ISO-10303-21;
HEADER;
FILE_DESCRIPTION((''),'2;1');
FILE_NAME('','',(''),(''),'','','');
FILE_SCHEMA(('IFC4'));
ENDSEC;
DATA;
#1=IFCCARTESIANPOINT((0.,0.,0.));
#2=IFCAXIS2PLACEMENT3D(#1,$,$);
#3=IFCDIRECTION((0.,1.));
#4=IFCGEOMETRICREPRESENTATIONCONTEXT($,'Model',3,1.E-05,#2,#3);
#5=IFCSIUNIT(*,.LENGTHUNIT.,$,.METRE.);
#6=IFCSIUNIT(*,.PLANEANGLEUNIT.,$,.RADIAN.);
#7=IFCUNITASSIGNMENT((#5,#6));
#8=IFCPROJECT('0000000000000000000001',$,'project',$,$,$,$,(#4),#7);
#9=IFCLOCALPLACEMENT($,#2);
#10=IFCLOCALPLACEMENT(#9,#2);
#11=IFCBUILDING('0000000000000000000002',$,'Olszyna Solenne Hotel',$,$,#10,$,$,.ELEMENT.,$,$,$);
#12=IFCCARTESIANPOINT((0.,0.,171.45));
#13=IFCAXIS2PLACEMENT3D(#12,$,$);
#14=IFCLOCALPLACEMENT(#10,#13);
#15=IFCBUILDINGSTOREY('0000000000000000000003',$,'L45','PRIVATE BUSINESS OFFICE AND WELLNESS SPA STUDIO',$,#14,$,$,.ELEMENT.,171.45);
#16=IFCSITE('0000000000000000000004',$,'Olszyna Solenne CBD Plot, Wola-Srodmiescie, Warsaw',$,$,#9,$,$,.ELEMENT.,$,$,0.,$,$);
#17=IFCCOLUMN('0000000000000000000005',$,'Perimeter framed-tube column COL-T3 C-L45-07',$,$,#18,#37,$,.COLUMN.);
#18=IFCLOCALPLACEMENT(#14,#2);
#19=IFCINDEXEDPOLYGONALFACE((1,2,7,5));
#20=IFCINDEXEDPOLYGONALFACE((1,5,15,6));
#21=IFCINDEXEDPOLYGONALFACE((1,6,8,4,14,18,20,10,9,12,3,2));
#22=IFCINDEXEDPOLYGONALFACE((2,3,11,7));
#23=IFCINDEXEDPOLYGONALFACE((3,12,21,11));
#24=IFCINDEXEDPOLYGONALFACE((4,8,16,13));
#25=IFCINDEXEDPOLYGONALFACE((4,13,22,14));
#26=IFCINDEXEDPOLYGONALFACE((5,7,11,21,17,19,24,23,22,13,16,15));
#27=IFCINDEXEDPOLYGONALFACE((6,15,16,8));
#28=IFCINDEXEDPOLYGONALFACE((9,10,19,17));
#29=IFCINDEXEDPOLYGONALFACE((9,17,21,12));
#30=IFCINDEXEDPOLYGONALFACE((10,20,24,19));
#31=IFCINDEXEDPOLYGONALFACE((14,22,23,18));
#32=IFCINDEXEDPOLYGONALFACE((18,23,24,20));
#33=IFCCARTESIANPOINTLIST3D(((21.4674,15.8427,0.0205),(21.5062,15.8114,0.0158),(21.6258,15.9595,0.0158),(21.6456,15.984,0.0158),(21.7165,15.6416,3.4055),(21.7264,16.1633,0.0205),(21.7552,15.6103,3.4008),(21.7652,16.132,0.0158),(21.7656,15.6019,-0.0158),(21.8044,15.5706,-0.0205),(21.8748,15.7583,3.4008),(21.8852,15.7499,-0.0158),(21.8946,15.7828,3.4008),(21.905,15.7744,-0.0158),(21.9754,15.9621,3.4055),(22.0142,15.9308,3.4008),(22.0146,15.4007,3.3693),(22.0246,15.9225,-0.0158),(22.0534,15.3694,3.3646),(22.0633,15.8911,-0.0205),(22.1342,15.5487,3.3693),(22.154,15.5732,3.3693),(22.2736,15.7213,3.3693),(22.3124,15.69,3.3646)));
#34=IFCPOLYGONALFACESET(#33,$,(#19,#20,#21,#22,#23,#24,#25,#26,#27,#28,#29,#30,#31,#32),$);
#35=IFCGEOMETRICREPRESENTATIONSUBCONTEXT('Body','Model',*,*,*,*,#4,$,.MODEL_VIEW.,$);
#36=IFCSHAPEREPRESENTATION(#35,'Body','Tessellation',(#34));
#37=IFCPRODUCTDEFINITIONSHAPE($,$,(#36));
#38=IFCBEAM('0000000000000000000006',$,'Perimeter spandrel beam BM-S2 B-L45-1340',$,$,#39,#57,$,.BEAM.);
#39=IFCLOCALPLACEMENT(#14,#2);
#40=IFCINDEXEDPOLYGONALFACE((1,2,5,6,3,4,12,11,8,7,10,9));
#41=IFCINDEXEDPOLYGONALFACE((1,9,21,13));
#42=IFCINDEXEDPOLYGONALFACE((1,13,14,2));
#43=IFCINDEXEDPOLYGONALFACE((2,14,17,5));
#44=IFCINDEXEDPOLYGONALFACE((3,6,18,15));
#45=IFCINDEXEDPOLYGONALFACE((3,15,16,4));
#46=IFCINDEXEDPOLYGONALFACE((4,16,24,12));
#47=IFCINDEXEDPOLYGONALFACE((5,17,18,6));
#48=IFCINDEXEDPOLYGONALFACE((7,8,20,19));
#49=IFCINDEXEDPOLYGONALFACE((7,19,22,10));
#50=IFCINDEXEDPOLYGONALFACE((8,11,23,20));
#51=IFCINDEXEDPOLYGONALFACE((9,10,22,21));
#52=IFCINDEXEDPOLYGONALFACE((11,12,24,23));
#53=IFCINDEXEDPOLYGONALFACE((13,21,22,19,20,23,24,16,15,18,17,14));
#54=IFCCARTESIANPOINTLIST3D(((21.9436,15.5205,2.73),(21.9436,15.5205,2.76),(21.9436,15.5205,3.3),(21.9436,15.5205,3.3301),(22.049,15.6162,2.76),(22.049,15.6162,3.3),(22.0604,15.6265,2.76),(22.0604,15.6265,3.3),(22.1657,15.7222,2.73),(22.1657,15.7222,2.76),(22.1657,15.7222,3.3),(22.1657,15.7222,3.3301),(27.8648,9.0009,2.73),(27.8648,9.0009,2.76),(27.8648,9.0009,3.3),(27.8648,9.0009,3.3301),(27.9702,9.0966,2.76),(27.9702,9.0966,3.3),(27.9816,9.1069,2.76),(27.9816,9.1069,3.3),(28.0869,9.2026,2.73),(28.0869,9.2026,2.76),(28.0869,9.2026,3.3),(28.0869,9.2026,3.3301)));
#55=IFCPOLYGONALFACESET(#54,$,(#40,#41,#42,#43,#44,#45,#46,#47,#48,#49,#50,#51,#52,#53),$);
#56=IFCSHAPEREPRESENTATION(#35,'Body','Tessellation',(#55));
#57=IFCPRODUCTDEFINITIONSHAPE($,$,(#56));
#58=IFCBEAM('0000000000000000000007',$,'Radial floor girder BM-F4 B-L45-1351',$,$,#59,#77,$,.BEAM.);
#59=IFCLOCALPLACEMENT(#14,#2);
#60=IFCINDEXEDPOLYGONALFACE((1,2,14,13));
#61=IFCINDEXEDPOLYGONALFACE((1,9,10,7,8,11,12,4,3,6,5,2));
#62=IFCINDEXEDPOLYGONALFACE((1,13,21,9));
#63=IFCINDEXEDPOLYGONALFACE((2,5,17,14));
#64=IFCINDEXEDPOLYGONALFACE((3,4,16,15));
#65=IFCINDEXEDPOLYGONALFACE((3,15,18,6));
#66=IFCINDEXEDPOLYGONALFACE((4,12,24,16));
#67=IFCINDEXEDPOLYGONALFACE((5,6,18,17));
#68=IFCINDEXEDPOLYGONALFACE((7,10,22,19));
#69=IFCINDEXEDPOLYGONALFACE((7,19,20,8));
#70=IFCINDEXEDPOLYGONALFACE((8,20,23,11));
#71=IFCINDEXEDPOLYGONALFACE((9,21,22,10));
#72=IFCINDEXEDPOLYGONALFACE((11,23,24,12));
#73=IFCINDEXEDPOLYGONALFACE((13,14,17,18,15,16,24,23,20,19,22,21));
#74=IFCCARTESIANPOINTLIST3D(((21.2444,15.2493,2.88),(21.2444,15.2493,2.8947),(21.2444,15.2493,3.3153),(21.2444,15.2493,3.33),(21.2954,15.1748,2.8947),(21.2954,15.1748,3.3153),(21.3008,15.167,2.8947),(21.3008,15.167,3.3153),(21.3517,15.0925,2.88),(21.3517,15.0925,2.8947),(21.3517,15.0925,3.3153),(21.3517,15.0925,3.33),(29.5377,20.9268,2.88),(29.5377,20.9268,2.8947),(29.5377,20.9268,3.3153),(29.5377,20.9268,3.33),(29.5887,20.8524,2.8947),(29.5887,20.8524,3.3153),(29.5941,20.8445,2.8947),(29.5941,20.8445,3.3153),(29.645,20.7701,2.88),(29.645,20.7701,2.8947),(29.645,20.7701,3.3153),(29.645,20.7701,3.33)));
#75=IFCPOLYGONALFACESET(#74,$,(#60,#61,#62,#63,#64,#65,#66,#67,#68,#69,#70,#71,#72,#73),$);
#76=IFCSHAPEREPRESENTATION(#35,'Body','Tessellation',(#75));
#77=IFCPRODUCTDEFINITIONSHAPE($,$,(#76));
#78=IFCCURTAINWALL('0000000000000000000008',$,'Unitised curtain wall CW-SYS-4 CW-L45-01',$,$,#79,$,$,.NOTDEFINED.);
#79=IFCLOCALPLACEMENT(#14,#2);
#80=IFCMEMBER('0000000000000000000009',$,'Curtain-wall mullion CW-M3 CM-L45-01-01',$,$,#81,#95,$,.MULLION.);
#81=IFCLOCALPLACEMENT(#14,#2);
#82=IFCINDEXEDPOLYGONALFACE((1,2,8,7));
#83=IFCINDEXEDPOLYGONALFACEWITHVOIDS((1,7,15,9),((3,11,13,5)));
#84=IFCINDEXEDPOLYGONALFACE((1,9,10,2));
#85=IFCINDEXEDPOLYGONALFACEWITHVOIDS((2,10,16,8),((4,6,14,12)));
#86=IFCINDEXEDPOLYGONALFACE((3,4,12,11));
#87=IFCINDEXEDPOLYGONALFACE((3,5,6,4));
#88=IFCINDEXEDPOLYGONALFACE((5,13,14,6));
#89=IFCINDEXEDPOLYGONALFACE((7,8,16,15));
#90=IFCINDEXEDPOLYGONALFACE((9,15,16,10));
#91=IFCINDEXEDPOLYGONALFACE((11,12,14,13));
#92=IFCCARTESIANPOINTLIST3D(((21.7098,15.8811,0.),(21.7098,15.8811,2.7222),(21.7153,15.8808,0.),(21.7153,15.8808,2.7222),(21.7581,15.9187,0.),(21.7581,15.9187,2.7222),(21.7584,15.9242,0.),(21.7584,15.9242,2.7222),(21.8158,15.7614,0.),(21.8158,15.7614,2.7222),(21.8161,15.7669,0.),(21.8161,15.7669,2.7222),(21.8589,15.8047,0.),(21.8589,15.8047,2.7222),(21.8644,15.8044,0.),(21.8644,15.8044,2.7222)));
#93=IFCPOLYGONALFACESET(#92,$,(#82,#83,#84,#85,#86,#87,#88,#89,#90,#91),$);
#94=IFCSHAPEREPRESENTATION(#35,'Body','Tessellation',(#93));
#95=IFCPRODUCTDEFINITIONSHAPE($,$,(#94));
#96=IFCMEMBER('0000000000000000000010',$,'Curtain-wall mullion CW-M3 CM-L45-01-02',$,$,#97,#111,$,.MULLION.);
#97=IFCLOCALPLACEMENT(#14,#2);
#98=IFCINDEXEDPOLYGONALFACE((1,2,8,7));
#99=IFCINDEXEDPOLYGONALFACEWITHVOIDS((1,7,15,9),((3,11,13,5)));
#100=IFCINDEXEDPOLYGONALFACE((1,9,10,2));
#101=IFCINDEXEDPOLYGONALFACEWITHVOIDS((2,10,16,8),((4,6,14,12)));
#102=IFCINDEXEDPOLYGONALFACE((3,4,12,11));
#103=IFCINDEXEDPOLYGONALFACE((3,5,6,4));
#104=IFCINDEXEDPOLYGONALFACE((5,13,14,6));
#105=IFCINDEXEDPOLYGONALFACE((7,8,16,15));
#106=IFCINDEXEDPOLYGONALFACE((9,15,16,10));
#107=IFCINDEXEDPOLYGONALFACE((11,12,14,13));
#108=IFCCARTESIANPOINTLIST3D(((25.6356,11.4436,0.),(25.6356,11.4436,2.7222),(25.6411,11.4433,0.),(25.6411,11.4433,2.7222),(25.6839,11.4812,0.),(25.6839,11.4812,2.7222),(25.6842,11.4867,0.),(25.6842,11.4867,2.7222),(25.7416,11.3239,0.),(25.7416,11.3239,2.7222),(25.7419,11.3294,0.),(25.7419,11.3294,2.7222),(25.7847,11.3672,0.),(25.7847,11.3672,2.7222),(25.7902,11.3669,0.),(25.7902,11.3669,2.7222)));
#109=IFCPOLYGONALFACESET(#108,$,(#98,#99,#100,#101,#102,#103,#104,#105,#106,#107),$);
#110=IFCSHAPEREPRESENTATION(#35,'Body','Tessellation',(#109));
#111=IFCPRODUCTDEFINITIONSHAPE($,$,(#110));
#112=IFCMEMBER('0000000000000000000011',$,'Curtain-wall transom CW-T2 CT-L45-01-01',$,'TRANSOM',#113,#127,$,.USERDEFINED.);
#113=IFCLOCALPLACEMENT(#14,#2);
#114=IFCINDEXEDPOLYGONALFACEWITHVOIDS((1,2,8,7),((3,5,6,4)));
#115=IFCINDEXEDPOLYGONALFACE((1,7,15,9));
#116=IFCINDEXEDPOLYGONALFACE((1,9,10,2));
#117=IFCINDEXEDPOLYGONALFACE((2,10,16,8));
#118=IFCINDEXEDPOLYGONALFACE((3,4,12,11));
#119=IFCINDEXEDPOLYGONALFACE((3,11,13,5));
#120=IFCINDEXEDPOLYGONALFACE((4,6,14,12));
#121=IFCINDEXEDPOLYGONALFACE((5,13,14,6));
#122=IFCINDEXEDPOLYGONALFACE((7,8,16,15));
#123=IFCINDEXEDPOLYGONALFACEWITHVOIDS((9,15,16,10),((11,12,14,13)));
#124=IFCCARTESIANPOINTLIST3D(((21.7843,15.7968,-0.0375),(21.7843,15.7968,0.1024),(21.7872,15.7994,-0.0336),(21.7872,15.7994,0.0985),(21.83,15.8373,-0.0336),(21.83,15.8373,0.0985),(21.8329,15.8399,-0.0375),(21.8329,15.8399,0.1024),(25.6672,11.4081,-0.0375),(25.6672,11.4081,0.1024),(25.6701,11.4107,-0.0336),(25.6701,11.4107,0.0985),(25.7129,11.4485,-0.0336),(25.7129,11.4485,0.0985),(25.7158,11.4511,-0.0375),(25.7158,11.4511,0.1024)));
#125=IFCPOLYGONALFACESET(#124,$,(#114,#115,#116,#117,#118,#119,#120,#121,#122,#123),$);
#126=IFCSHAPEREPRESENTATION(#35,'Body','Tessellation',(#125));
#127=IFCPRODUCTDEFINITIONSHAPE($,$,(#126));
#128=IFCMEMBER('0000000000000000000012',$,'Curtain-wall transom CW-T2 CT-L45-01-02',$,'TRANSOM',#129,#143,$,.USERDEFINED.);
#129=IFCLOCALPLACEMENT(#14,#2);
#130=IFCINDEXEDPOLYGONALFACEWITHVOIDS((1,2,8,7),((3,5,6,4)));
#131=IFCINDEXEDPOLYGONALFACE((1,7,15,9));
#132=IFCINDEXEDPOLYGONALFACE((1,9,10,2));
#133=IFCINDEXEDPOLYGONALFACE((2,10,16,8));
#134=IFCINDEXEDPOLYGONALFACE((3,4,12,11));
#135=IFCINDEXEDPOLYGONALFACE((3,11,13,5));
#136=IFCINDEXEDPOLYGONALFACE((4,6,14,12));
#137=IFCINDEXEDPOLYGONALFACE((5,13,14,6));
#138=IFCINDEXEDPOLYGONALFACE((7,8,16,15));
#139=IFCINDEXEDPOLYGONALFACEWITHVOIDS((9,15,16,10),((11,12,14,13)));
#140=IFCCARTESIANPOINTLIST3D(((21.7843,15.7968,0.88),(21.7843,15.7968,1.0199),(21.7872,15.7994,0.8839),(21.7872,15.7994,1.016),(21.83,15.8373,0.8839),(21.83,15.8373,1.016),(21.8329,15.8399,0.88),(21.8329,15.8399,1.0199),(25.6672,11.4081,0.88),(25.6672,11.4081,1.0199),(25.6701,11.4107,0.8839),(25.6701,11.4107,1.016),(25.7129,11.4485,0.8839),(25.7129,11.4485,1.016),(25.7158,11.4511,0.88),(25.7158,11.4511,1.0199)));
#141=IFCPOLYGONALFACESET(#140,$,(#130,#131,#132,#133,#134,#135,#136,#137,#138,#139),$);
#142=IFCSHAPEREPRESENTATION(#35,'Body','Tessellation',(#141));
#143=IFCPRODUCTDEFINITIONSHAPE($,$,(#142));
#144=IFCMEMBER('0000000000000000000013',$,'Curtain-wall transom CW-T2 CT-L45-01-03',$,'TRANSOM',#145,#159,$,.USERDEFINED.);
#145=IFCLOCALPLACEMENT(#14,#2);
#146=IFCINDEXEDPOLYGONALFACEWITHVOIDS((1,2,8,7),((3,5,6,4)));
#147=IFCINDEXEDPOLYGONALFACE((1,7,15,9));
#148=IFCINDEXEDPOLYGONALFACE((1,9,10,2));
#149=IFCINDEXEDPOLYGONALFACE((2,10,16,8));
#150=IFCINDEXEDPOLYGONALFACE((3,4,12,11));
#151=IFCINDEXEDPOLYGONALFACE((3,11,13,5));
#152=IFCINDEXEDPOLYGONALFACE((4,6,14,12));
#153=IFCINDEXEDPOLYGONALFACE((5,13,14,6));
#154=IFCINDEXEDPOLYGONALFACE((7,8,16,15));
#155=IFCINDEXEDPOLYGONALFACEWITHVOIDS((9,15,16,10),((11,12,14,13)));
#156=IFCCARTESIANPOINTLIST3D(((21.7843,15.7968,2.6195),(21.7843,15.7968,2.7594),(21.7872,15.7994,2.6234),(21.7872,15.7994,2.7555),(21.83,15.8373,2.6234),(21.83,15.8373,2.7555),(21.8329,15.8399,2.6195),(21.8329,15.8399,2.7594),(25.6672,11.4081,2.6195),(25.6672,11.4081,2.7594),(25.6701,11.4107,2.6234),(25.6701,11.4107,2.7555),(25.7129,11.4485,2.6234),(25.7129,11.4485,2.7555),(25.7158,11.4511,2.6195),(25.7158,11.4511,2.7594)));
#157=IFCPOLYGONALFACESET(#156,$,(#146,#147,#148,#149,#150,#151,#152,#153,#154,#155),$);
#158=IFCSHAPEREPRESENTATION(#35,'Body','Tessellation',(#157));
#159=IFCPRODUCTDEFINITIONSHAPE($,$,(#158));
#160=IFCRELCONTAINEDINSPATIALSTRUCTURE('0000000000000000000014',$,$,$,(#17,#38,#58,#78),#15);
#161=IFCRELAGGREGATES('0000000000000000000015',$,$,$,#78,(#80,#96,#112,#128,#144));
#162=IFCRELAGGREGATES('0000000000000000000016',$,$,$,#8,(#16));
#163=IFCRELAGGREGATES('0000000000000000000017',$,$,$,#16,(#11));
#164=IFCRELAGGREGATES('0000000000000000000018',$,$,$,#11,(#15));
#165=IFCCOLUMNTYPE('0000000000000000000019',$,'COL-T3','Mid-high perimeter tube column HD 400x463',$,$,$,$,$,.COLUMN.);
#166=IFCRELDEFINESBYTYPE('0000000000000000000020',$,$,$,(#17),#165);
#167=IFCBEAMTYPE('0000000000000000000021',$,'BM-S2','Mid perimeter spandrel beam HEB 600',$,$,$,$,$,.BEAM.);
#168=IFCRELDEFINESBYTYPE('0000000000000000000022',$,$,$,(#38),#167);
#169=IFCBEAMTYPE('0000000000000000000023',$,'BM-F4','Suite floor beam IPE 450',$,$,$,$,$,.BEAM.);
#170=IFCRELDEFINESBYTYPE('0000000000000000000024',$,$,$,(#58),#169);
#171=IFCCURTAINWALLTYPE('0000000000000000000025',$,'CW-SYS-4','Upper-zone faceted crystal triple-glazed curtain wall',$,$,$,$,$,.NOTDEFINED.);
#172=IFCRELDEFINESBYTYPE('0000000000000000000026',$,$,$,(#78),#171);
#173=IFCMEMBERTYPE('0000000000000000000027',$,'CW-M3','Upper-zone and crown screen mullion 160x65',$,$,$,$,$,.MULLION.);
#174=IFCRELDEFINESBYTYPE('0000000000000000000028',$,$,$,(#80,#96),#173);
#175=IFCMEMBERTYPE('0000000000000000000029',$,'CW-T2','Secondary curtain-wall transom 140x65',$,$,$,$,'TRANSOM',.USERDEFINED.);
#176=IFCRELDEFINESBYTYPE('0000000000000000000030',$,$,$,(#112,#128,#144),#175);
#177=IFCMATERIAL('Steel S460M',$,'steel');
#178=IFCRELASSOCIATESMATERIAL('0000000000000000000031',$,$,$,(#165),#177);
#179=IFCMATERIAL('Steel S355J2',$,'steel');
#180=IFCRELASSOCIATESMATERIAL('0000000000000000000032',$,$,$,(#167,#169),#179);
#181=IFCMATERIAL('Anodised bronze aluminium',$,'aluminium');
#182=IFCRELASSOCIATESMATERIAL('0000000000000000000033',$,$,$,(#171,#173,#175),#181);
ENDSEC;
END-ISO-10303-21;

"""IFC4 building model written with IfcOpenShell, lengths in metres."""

from ifc_helpers import new_model, si_unit, direction, frame, origin, origin_2d, place, context, subcontext, project, spatial, hollow_rectangle, i_section, extrude, source, transform, mapped, material, material_profile, profile_set, type_object, element, aggregate, save


model = new_model("IFC4")

# Units and contexts
model_context = context("Model", 3, precision=1e-05, world=origin(), true_north=direction((0.0, 1.0)))
body_context = subcontext(model_context, "Body", "Model", "MODEL_VIEW")
ifc_project = project(units=[si_unit("LENGTHUNIT", "METRE"), si_unit("PLANEANGLEUNIT", "RADIAN")], contexts=[model_context])

# Site, building, storey
site_placement = place(None, origin())
site = spatial("IfcSite", under=ifc_project, at=site_placement, Name="Olszyna Solenne CBD Plot, Wola-Srodmiescie, Warsaw", CompositionType="ELEMENT", RefElevation=0.0)
building_placement = place(site_placement, origin())
building = spatial("IfcBuilding", under=site, at=building_placement, Name="Olszyna Solenne Hotel", CompositionType="ELEMENT")
storey_placement = place(building_placement, frame((0.0, 0.0, 171.45)))
storey = spatial("IfcBuildingStorey", under=building, at=storey_placement, Name="L45", Description="PRIVATE BUSINESS OFFICE AND WELLNESS SPA STUDIO", CompositionType="ELEMENT", Elevation=171.45)

# Column
ifc_material_1 = material(Name="Steel S460M", Category="steel")
ifc_material_profile_1 = material_profile(ifc_material_1, i_section(OverallWidth=0.4121, OverallDepth=0.4351, WebThickness=0.0315, FlangeThickness=0.05, at=origin_2d()), Name="HD 400x463", Category="load-bearing")
ifc_profile_set_1 = profile_set([ifc_material_profile_1], Name="Steel S460M")
column_type = type_object("IfcColumnType", Name="COL-T3", Description="Mid-high perimeter tube column HD 400x463", PredefinedType="COLUMN", material=ifc_profile_set_1)
shared_shape_1 = source(origin(), body_context, "Body", "SweptSolid", [
    extrude(i_section(OverallWidth=0.4121, OverallDepth=0.4351, WebThickness=0.0315, FlangeThickness=0.05, at=origin_2d()), origin(), (0.0, 0.0, 1.0), 3.4001),
])
column_placement = place(storey_placement, frame((21.7654, 15.8669, 0.0), z_axis=(0.07324, -0.059166, 0.995558), x_axis=(0.628408, 0.777884, 0.0)))
element("IfcColumn", 1, at=column_placement, inside=storey, type_object=column_type, Name="Perimeter framed-tube column COL-T3 C-L45-07", PredefinedType="COLUMN", context=body_context, shape_type="MappedRepresentation", body=[
    mapped(shared_shape_1, transform((0.0, 0.0, 0.0), x_axis=(1.0, 0.0, 0.0), y_axis=(0.0, 1.0, 0.0), z_axis=(0.0, 0.0, 1.0), scale=1.0)),
])

# Beams
ifc_material_2 = material(Name="Steel S355J2", Category="steel")
ifc_material_profile_2 = material_profile(ifc_material_2, i_section(OverallWidth=0.3, OverallDepth=0.6001, WebThickness=0.0154, FlangeThickness=0.03, at=origin_2d()), Name="HEB 600", Category="load-bearing")
ifc_profile_set_2 = profile_set([ifc_material_profile_2], Name="Steel S355J2")
beam_type_1 = type_object("IfcBeamType", Name="BM-S2", Description="Mid perimeter spandrel beam HEB 600", PredefinedType="BEAM", material=ifc_profile_set_2)
shared_shape_2 = source(origin(), body_context, "Body", "SweptSolid", [
    extrude(i_section(OverallWidth=0.3, OverallDepth=0.6001, WebThickness=0.0154, FlangeThickness=0.03, at=origin_2d()), origin(), (0.0, 0.0, 1.0), 8.8071),
])
beam_1_placement = place(storey_placement, frame((22.0547, 15.6213, 3.03), z_axis=(0.672318, -0.740262, 0.0), x_axis=(0.740262, 0.672318, 0.0)))
element("IfcBeam", 2, at=beam_1_placement, inside=storey, type_object=beam_type_1, Name="Perimeter spandrel beam BM-S2 B-L45-1340", PredefinedType="BEAM", context=body_context, shape_type="MappedRepresentation", body=[
    mapped(shared_shape_2, transform((0.0, 0.0, 0.0), x_axis=(1.0, 0.0, 0.0), y_axis=(0.0, 1.0, 0.0), z_axis=(0.0, 0.0, 1.0), scale=1.0)),
])
ifc_material_profile_3 = material_profile(ifc_material_2, i_section(OverallWidth=0.1899, OverallDepth=0.45, WebThickness=0.0095, FlangeThickness=0.0146, at=origin_2d()), Name="IPE 450", Category="load-bearing")
ifc_profile_set_3 = profile_set([ifc_material_profile_3], Name="Steel S355J2")
beam_type_2 = type_object("IfcBeamType", Name="BM-F4", Description="Suite floor beam IPE 450", PredefinedType="BEAM", material=ifc_profile_set_3)
shared_shape_3 = source(origin(), body_context, "Body", "SweptSolid", [
    extrude(i_section(OverallWidth=0.1899, OverallDepth=0.45, WebThickness=0.0095, FlangeThickness=0.0146, at=origin_2d()), origin(), (0.0, 0.0, 1.0), 10.0505),
])
beam_2_placement = place(storey_placement, frame((21.2981, 15.1709, 3.105), z_axis=(0.825159, 0.5649, 0.0), x_axis=(-0.5649, 0.825159, 0.0)))
element("IfcBeam", 3, at=beam_2_placement, inside=storey, type_object=beam_type_2, Name="Radial floor girder BM-F4 B-L45-1351", PredefinedType="BEAM", context=body_context, shape_type="MappedRepresentation", body=[
    mapped(shared_shape_3, transform((0.0, 0.0, 0.0), x_axis=(1.0, 0.0, 0.0), y_axis=(0.0, 1.0, 0.0), z_axis=(0.0, 0.0, 1.0), scale=1.0)),
])

# Curtain wall, members
ifc_material_3 = material(Name="Anodised bronze aluminium", Category="aluminium")
curtain_wall_type = type_object("IfcCurtainWallType", Name="CW-SYS-4", Description="Upper-zone faceted crystal triple-glazed curtain wall", PredefinedType="NOTDEFINED", material=ifc_material_3)
curtain_wall_placement = place(storey_placement, origin())
curtain_wall = element("IfcCurtainWall", 4, at=curtain_wall_placement, inside=storey, type_object=curtain_wall_type, Name="Unitised curtain wall CW-SYS-4 CW-L45-01", PredefinedType="NOTDEFINED")
ifc_material_profile_4 = material_profile(ifc_material_3, hollow_rectangle(XDim=0.0649, YDim=0.1599, WallThickness=0.0039, at=origin_2d()), Name="MULL 160x65x4", Category="load-bearing")
ifc_profile_set_4 = profile_set([ifc_material_profile_4], Name="Anodised bronze aluminium")
member_type_1 = type_object("IfcMemberType", Name="CW-M3", Description="Upper-zone and crown screen mullion 160x65", PredefinedType="MULLION", material=ifc_profile_set_4)
shared_shape_4 = source(origin(), body_context, "Body", "SweptSolid", [
    extrude(hollow_rectangle(XDim=0.0649, YDim=0.1599, WallThickness=0.0039, at=origin_2d()), origin(), (0.0, 0.0, 1.0), 2.7222),
])
member_1_placement = place(storey_placement, frame((21.7871, 15.8428, 0.0), z_axis=(0.0, 0.0, 1.0), x_axis=(0.748948, 0.662628, 0.0)))
member_1 = element("IfcMember", 5, at=member_1_placement, type_object=member_type_1, Name="Curtain-wall mullion CW-M3 CM-L45-01-01", PredefinedType="MULLION", context=body_context, shape_type="MappedRepresentation", body=[
    mapped(shared_shape_4, transform((0.0, 0.0, 0.0), x_axis=(1.0, 0.0, 0.0), y_axis=(0.0, 1.0, 0.0), z_axis=(0.0, 0.0, 1.0), scale=1.0)),
])
member_2_placement = place(storey_placement, frame((25.7129, 11.4053, 0.0), z_axis=(0.0, 0.0, 1.0), x_axis=(0.748948, 0.662628, 0.0)))
member_2 = element("IfcMember", 6, at=member_2_placement, type_object=member_type_1, Name="Curtain-wall mullion CW-M3 CM-L45-01-02", PredefinedType="MULLION", context=body_context, shape_type="MappedRepresentation", body=[
    mapped(shared_shape_4, transform((0.0, 0.0, 0.0), x_axis=(1.0, 0.0, 0.0), y_axis=(0.0, 1.0, 0.0), z_axis=(0.0, 0.0, 1.0), scale=1.0)),
])
ifc_material_profile_5 = material_profile(ifc_material_3, hollow_rectangle(XDim=0.0649, YDim=0.1399, WallThickness=0.0039, at=origin_2d()), Name="TRAN 140x65x4", Category="load-bearing")
ifc_profile_set_5 = profile_set([ifc_material_profile_5], Name="Anodised bronze aluminium")
member_type_2 = type_object("IfcMemberType", Name="CW-T2", Description="Secondary curtain-wall transom 140x65", ElementType="TRANSOM", PredefinedType="USERDEFINED", material=ifc_profile_set_5)
shared_shape_5 = source(origin(), body_context, "Body", "SweptSolid", [
    extrude(hollow_rectangle(XDim=0.0649, YDim=0.1399, WallThickness=0.0039, at=origin_2d()), origin(), (0.0, 0.0, 1.0), 5.8599),
])
member_3_placement = place(storey_placement, frame((21.8086, 15.8184, 0.0325), z_axis=(0.662624, -0.748952, 0.0), x_axis=(0.748952, 0.662624, 0.0)))
member_3 = element("IfcMember", 7, at=member_3_placement, type_object=member_type_2, Name="Curtain-wall transom CW-T2 CT-L45-01-01", ObjectType="TRANSOM", PredefinedType="USERDEFINED", context=body_context, shape_type="MappedRepresentation", body=[
    mapped(shared_shape_5, transform((0.0, 0.0, 0.0), x_axis=(1.0, 0.0, 0.0), y_axis=(0.0, 1.0, 0.0), z_axis=(0.0, 0.0, 1.0), scale=1.0)),
])
member_4_placement = place(storey_placement, frame((21.8086, 15.8184, 0.95), z_axis=(0.662624, -0.748952, 0.0), x_axis=(0.748952, 0.662624, 0.0)))
member_4 = element("IfcMember", 8, at=member_4_placement, type_object=member_type_2, Name="Curtain-wall transom CW-T2 CT-L45-01-02", ObjectType="TRANSOM", PredefinedType="USERDEFINED", context=body_context, shape_type="MappedRepresentation", body=[
    mapped(shared_shape_5, transform((0.0, 0.0, 0.0), x_axis=(1.0, 0.0, 0.0), y_axis=(0.0, 1.0, 0.0), z_axis=(0.0, 0.0, 1.0), scale=1.0)),
])
member_5_placement = place(storey_placement, frame((21.8086, 15.8184, 2.6895), z_axis=(0.662624, -0.748952, 0.0), x_axis=(0.748952, 0.662624, 0.0)))
member_5 = element("IfcMember", 9, at=member_5_placement, type_object=member_type_2, Name="Curtain-wall transom CW-T2 CT-L45-01-03", ObjectType="TRANSOM", PredefinedType="USERDEFINED", context=body_context, shape_type="MappedRepresentation", body=[
    mapped(shared_shape_5, transform((0.0, 0.0, 0.0), x_axis=(1.0, 0.0, 0.0), y_axis=(0.0, 1.0, 0.0), z_axis=(0.0, 0.0, 1.0), scale=1.0)),
])

aggregate(curtain_wall, [member_1, member_2, member_3, member_4, member_5])

save(model, "model.ifc")
